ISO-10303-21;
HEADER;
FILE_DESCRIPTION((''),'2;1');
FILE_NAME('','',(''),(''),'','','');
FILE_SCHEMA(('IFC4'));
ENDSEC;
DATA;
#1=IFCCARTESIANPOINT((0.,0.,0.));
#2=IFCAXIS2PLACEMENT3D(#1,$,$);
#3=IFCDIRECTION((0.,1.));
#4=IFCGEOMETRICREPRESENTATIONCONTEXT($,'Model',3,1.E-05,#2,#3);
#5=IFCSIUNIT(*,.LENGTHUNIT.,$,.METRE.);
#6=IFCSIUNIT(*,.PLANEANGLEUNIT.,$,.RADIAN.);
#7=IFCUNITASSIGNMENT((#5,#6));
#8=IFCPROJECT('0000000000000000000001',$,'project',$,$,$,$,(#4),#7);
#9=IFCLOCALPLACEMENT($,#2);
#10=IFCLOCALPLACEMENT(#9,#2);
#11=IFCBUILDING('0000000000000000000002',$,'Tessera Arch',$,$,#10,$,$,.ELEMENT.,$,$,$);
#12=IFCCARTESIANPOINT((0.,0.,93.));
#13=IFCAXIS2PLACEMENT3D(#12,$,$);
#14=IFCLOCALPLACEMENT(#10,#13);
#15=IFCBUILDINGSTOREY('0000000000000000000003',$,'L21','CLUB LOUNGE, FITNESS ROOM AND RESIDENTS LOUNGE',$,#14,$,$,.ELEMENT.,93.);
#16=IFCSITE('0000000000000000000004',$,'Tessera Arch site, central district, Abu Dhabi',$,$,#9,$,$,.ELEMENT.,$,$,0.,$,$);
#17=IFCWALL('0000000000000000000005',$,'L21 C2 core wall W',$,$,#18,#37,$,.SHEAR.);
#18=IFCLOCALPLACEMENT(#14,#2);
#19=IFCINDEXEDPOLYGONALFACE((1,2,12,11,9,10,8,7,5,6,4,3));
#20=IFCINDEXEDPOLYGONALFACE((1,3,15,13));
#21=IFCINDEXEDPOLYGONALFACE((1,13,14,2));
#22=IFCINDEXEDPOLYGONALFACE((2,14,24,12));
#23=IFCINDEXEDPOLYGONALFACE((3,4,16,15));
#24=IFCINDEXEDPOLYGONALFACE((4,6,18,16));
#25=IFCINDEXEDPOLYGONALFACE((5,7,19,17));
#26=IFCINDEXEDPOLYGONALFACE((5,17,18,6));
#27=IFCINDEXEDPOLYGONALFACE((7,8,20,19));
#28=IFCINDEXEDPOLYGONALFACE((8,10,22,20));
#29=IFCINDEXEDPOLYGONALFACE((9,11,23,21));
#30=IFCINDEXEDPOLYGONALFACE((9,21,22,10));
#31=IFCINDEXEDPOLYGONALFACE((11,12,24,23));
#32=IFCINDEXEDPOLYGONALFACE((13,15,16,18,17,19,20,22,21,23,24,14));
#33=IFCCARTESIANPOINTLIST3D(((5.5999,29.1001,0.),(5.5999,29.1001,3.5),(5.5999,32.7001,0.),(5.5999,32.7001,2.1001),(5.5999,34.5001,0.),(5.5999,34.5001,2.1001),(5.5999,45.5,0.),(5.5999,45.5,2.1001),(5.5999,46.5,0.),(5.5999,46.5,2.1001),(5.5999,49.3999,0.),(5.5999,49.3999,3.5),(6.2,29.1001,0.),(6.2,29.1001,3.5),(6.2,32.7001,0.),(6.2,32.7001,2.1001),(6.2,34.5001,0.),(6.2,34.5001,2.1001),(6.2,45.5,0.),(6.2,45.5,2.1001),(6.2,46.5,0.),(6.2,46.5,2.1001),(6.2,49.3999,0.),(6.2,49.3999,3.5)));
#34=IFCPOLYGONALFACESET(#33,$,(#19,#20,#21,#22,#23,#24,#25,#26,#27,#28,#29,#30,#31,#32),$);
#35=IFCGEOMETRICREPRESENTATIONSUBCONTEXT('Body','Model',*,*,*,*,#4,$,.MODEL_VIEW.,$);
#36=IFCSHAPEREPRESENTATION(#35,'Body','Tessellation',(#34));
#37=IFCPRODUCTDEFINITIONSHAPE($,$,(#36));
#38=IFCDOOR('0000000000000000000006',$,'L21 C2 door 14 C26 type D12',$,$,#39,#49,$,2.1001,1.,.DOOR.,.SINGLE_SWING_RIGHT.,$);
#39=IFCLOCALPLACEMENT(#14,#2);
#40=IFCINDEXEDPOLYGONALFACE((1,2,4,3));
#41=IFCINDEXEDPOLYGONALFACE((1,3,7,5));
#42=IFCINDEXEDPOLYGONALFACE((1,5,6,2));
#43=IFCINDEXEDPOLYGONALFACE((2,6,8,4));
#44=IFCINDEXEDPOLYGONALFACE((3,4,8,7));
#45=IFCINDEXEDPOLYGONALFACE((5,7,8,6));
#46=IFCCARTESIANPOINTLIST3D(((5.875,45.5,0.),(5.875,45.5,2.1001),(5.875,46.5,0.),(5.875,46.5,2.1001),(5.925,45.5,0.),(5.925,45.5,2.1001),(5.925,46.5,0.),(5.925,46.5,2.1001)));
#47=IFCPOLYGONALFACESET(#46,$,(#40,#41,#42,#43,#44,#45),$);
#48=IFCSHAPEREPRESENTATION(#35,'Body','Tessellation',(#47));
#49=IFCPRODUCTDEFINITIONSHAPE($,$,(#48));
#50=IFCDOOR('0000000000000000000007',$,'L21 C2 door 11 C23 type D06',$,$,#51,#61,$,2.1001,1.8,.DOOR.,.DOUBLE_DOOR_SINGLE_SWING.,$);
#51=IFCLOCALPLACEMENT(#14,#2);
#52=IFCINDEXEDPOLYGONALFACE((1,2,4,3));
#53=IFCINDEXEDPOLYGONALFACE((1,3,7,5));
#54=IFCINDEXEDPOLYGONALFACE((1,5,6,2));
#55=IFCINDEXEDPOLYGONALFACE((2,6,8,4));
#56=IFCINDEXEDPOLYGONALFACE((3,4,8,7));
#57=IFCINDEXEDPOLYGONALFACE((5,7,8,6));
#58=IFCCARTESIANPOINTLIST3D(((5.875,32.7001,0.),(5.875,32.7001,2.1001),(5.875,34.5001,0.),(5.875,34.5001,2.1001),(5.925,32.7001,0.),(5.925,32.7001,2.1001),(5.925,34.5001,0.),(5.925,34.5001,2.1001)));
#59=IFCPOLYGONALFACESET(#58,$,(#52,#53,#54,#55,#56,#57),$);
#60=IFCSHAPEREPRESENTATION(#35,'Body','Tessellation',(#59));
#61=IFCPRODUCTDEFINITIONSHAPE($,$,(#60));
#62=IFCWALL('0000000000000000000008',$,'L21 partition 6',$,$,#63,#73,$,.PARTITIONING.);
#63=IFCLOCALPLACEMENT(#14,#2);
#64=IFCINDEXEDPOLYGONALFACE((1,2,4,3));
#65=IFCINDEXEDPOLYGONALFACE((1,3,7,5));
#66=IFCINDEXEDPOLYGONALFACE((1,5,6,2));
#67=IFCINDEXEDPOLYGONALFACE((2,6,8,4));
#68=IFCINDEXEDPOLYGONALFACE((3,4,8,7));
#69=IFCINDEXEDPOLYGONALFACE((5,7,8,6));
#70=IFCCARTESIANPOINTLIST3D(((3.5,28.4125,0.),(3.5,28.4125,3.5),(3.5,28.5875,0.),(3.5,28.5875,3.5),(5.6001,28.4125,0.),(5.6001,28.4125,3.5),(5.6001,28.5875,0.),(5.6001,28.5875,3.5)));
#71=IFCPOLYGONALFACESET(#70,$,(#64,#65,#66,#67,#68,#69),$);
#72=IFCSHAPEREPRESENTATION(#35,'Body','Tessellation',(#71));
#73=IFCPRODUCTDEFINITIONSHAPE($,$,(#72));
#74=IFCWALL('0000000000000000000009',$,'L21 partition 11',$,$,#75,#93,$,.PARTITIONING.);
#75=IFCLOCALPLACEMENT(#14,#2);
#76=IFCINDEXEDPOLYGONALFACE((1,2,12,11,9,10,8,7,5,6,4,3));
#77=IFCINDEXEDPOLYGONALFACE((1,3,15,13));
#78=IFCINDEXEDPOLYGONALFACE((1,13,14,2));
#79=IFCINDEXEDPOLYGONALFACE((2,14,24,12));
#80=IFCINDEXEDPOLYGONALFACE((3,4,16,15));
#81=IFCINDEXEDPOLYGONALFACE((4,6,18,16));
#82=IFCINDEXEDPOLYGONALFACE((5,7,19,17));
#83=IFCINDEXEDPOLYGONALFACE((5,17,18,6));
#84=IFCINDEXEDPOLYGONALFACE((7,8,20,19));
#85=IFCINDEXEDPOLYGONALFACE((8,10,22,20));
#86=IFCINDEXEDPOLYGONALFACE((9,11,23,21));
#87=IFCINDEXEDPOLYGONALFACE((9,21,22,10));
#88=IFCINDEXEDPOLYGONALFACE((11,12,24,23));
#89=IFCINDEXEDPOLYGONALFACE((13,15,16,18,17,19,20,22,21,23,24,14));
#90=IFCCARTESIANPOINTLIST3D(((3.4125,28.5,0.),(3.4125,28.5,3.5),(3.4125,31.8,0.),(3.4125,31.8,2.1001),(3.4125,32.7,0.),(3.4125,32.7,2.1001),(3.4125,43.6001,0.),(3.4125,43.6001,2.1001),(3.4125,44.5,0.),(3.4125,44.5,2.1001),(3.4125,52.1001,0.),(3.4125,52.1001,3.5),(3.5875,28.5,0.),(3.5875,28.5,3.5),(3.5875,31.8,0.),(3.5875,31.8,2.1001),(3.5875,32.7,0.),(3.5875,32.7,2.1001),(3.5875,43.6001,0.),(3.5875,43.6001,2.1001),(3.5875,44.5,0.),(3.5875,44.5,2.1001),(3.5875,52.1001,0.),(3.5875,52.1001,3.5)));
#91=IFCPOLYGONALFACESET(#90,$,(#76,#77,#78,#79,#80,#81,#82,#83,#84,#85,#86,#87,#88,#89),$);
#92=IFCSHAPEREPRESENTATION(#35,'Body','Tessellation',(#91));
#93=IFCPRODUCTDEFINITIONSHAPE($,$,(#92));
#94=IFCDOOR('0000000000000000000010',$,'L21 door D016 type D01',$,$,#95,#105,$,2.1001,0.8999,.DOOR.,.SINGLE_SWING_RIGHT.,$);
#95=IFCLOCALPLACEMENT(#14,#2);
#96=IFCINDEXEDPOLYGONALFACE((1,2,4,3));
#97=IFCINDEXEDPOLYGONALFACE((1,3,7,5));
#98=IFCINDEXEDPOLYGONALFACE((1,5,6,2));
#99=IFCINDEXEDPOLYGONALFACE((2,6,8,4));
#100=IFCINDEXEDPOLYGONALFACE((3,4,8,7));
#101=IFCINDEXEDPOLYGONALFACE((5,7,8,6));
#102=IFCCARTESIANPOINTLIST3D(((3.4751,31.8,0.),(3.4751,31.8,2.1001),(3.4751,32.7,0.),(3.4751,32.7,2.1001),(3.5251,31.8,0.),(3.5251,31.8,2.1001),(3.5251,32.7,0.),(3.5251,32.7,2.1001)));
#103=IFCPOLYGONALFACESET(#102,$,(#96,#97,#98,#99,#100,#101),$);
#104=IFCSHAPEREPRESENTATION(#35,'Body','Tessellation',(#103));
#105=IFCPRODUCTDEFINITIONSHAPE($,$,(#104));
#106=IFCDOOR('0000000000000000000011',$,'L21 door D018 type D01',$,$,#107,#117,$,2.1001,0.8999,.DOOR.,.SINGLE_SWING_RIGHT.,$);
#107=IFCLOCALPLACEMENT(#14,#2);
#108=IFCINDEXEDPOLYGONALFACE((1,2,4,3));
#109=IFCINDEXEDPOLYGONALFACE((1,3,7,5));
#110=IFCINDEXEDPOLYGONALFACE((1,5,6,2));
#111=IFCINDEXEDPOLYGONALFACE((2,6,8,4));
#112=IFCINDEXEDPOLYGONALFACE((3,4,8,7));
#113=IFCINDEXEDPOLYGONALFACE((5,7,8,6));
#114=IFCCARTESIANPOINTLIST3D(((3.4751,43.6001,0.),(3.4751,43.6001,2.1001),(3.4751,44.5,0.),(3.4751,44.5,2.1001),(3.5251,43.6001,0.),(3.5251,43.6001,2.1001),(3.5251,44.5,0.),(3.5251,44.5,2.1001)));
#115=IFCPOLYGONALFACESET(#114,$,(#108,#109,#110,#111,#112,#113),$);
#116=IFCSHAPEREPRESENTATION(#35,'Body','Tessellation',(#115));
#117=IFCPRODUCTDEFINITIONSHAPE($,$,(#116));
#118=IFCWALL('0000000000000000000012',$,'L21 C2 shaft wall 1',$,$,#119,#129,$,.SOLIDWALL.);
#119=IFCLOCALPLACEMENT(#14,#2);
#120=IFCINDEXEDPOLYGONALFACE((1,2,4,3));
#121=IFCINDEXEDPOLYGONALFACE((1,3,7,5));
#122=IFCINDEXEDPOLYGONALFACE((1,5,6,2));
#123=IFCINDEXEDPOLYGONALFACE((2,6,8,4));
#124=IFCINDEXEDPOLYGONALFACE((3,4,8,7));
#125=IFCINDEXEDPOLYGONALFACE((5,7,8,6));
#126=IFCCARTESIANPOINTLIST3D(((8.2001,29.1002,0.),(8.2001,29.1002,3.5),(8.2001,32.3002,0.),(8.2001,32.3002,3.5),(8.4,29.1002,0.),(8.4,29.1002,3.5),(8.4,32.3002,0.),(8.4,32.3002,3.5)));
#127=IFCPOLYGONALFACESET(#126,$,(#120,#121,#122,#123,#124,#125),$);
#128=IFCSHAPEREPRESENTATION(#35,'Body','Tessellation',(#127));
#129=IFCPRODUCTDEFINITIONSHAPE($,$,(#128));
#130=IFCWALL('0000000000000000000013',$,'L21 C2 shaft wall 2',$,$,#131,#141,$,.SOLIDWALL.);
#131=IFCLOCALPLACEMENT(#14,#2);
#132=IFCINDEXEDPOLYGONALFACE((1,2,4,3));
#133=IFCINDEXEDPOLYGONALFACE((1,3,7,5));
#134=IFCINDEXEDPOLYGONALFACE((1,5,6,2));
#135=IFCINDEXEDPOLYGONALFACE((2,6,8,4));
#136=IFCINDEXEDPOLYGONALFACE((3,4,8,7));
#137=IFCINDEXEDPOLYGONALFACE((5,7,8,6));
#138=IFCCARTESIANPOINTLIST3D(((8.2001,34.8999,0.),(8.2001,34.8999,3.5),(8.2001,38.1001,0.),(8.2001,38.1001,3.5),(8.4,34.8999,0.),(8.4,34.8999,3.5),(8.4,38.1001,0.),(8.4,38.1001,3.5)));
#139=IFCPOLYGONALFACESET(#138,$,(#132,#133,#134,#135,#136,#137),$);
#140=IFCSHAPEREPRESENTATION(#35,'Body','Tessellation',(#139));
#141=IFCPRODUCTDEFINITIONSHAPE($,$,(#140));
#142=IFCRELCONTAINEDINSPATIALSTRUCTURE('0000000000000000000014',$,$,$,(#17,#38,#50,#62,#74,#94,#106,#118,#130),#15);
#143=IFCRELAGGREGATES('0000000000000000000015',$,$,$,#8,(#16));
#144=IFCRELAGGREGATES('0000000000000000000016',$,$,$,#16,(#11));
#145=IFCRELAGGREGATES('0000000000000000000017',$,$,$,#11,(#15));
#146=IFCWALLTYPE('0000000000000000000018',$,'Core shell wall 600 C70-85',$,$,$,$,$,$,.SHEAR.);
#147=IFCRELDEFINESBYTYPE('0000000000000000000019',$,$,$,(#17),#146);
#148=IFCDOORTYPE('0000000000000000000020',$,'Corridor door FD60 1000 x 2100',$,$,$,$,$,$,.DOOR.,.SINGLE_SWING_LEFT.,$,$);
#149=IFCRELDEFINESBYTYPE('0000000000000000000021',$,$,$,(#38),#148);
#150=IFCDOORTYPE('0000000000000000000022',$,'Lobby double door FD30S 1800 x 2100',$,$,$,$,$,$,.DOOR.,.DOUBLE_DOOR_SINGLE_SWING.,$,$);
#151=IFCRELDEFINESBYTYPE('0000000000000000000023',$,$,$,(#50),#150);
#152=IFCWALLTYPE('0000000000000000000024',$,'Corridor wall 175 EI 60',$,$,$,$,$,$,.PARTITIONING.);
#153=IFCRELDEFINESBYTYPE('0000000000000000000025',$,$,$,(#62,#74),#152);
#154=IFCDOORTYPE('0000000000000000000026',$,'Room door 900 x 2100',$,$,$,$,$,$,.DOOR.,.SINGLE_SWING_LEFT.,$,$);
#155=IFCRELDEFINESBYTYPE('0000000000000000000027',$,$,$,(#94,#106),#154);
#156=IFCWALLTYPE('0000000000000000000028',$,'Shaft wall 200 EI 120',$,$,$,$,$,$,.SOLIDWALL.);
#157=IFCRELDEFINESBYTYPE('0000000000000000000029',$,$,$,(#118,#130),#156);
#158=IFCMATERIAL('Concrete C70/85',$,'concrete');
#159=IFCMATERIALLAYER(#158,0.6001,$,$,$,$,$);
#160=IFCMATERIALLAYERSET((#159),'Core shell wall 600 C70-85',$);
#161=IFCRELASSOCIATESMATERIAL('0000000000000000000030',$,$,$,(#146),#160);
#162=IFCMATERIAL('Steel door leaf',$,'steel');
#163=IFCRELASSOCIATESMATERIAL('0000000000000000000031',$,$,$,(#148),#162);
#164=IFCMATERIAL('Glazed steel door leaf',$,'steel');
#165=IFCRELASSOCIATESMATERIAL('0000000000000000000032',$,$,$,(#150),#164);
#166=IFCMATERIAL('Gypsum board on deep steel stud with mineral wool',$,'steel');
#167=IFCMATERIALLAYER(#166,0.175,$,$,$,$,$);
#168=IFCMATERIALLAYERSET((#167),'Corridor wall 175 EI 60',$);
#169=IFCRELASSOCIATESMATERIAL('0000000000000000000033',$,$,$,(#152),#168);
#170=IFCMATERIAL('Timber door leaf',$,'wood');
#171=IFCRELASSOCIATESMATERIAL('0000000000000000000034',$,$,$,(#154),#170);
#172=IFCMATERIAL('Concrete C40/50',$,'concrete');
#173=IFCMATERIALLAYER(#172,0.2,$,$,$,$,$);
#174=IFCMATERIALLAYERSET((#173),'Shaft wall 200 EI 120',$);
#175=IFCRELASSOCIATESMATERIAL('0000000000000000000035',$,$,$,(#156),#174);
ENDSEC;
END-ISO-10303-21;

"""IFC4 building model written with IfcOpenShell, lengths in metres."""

from ifc_helpers import new_model, si_unit, direction, frame, frame_2d, origin, place, context, subcontext, project, spatial, rectangle, extrude, material, layer, layer_set, type_object, element, fill, save


model = new_model("IFC4")

# Units and contexts
model_context = context("Model", 3, precision=1e-05, world=origin(), true_north=direction((0.0, 1.0)))
body_context = subcontext(model_context, "Body", "Model", "MODEL_VIEW")
ifc_project = project(units=[si_unit("LENGTHUNIT", "METRE"), si_unit("PLANEANGLEUNIT", "RADIAN")], contexts=[model_context])

# Site, building, storey
site_placement = place(None, origin())
site = spatial("IfcSite", under=ifc_project, at=site_placement, Name="Tessera Arch site, central district, Abu Dhabi", CompositionType="ELEMENT", RefElevation=0.0)
building_placement = place(site_placement, origin())
building = spatial("IfcBuilding", under=site, at=building_placement, Name="Tessera Arch", CompositionType="ELEMENT")
storey_placement = place(building_placement, frame((0.0, 0.0, 93.0)))
storey = spatial("IfcBuildingStorey", under=building, at=storey_placement, Name="L21", Description="CLUB LOUNGE, FITNESS ROOM AND RESIDENTS LOUNGE", CompositionType="ELEMENT", Elevation=93.0)

# Wall, openings, doors
ifc_material_1 = material(Name="Concrete C70/85", Category="concrete")
ifc_layer_1 = layer(ifc_material_1, 0.6001)
ifc_layer_set_1 = layer_set([ifc_layer_1], Name="Core shell wall 600 C70-85")
wall_type_1 = type_object("IfcWallType", Name="Core shell wall 600 C70-85", PredefinedType="SHEAR", material=ifc_layer_set_1)
wall_1_placement = place(storey_placement, frame((5.8999, 29.1001, 0.0), z_axis=(0.0, 0.0, 1.0), x_axis=(0.0, 1.0, 0.0)))
wall_1 = element("IfcWall", 1, at=wall_1_placement, inside=storey, type_object=wall_type_1, Name="L21 C2 core wall W", PredefinedType="SHEAR", context=body_context, shape_type="SweptSolid", body=[
    extrude(rectangle(XDim=20.2998, YDim=0.6001, at=frame_2d((10.1499, 0.0))), origin(), (0.0, 0.0, 1.0), 3.5),
])
opening_1_placement = place(wall_1_placement, frame((3.6001, 0.0, 0.0)))
opening_1 = element("IfcOpeningElement", 2, at=opening_1_placement, cuts=wall_1, PredefinedType="OPENING", context=body_context, shape_type="SweptSolid", body=[
    extrude(rectangle(XDim=1.8, YDim=2.1001, at=frame_2d((0.8999, 1.05))), frame((0.0, 0.3101, 0.0), z_axis=(0.0, -1.0, 0.0), x_axis=(1.0, 0.0, 0.0)), (0.0, 0.0, 1.0), 0.6201),
])
opening_2_placement = place(wall_1_placement, frame((16.3999, 0.0, 0.0)))
opening_2 = element("IfcOpeningElement", 3, at=opening_2_placement, cuts=wall_1, PredefinedType="OPENING", context=body_context, shape_type="SweptSolid", body=[
    extrude(rectangle(XDim=1.0, YDim=2.1001, at=frame_2d((0.5, 1.05))), frame((0.0, 0.3101, 0.0), z_axis=(0.0, -1.0, 0.0), x_axis=(1.0, 0.0, 0.0)), (0.0, 0.0, 1.0), 0.6201),
])
ifc_material_2 = material(Name="Steel door leaf", Category="steel")
door_type_1 = type_object("IfcDoorType", Name="Corridor door FD60 1000 x 2100", OperationType="SINGLE_SWING_LEFT", PredefinedType="DOOR", material=ifc_material_2)
door_1_placement = place(opening_2_placement, origin())
door_1 = element("IfcDoor", 4, at=door_1_placement, inside=storey, type_object=door_type_1, Name="L21 C2 door 14 C26 type D12", OperationType="SINGLE_SWING_RIGHT", OverallHeight=2.1001, OverallWidth=1.0, PredefinedType="DOOR", context=body_context, shape_type="SweptSolid", body=[
    extrude(rectangle(XDim=1.0, YDim=2.1001, at=frame_2d((0.5, 1.05))), frame((0.0, 0.0249, 0.0), z_axis=(0.0, -1.0, 0.0), x_axis=(1.0, 0.0, 0.0)), (0.0, 0.0, 1.0), 0.05),
])
fill(opening_2, door_1)
ifc_material_3 = material(Name="Glazed steel door leaf", Category="steel")
door_type_2 = type_object("IfcDoorType", Name="Lobby double door FD30S 1800 x 2100", OperationType="DOUBLE_DOOR_SINGLE_SWING", PredefinedType="DOOR", material=ifc_material_3)
door_2_placement = place(opening_1_placement, origin())
door_2 = element("IfcDoor", 5, at=door_2_placement, inside=storey, type_object=door_type_2, Name="L21 C2 door 11 C23 type D06", OperationType="DOUBLE_DOOR_SINGLE_SWING", OverallHeight=2.1001, OverallWidth=1.8, PredefinedType="DOOR", context=body_context, shape_type="SweptSolid", body=[
    extrude(rectangle(XDim=1.8, YDim=2.1001, at=frame_2d((0.8999, 1.05))), frame((0.0, 0.0249, 0.0), z_axis=(0.0, -1.0, 0.0), x_axis=(1.0, 0.0, 0.0)), (0.0, 0.0, 1.0), 0.05),
])
fill(opening_1, door_2)

# Wall
ifc_material_4 = material(Name="Gypsum board on deep steel stud with mineral wool", Category="steel")
ifc_layer_2 = layer(ifc_material_4, 0.175)
ifc_layer_set_2 = layer_set([ifc_layer_2], Name="Corridor wall 175 EI 60")
wall_type_2 = type_object("IfcWallType", Name="Corridor wall 175 EI 60", PredefinedType="PARTITIONING", material=ifc_layer_set_2)
wall_2_placement = place(storey_placement, frame((3.5, 28.5, 0.0), z_axis=(0.0, 0.0, 1.0), x_axis=(1.0, 0.0, 0.0)))
element("IfcWall", 6, at=wall_2_placement, inside=storey, type_object=wall_type_2, Name="L21 partition 6", PredefinedType="PARTITIONING", context=body_context, shape_type="SweptSolid", body=[
    extrude(rectangle(XDim=2.1001, YDim=0.175, at=frame_2d((1.05, 0.0))), origin(), (0.0, 0.0, 1.0), 3.5),
])

# Wall, openings, doors
wall_3_placement = place(storey_placement, frame((3.5, 28.5, 0.0), z_axis=(0.0, 0.0, 1.0), x_axis=(0.0, 1.0, 0.0)))
wall_3 = element("IfcWall", 7, at=wall_3_placement, inside=storey, type_object=wall_type_2, Name="L21 partition 11", PredefinedType="PARTITIONING", context=body_context, shape_type="SweptSolid", body=[
    extrude(rectangle(XDim=23.6001, YDim=0.175, at=frame_2d((11.8, 0.0))), origin(), (0.0, 0.0, 1.0), 3.5),
])
opening_3_placement = place(wall_3_placement, frame((3.3, 0.0, 0.0)))
opening_3 = element("IfcOpeningElement", 8, at=opening_3_placement, cuts=wall_3, PredefinedType="OPENING", context=body_context, shape_type="SweptSolid", body=[
    extrude(rectangle(XDim=0.8999, YDim=2.1001, at=frame_2d((0.45, 1.05))), frame((0.0, 0.0974, 0.0), z_axis=(0.0, -1.0, 0.0), x_axis=(1.0, 0.0, 0.0)), (0.0, 0.0, 1.0), 0.1951),
])
opening_4_placement = place(wall_3_placement, frame((15.1001, 0.0, 0.0)))
opening_4 = element("IfcOpeningElement", 9, at=opening_4_placement, cuts=wall_3, PredefinedType="OPENING", context=body_context, shape_type="SweptSolid", body=[
    extrude(rectangle(XDim=0.8999, YDim=2.1001, at=frame_2d((0.45, 1.05))), frame((0.0, 0.0974, 0.0), z_axis=(0.0, -1.0, 0.0), x_axis=(1.0, 0.0, 0.0)), (0.0, 0.0, 1.0), 0.1951),
])
ifc_material_5 = material(Name="Timber door leaf", Category="wood")
door_type_3 = type_object("IfcDoorType", Name="Room door 900 x 2100", OperationType="SINGLE_SWING_LEFT", PredefinedType="DOOR", material=ifc_material_5)
door_3_placement = place(opening_3_placement, origin())
door_3 = element("IfcDoor", 10, at=door_3_placement, inside=storey, type_object=door_type_3, Name="L21 door D016 type D01", OperationType="SINGLE_SWING_RIGHT", OverallHeight=2.1001, OverallWidth=0.8999, PredefinedType="DOOR", context=body_context, shape_type="SweptSolid", body=[
    extrude(rectangle(XDim=0.8999, YDim=2.1001, at=frame_2d((0.45, 1.05))), frame((0.0, 0.0249, 0.0), z_axis=(0.0, -1.0, 0.0), x_axis=(1.0, 0.0, 0.0)), (0.0, 0.0, 1.0), 0.05),
])
fill(opening_3, door_3)
door_4_placement = place(opening_4_placement, origin())
door_4 = element("IfcDoor", 11, at=door_4_placement, inside=storey, type_object=door_type_3, Name="L21 door D018 type D01", OperationType="SINGLE_SWING_RIGHT", OverallHeight=2.1001, OverallWidth=0.8999, PredefinedType="DOOR", context=body_context, shape_type="SweptSolid", body=[
    extrude(rectangle(XDim=0.8999, YDim=2.1001, at=frame_2d((0.45, 1.05))), frame((0.0, 0.0249, 0.0), z_axis=(0.0, -1.0, 0.0), x_axis=(1.0, 0.0, 0.0)), (0.0, 0.0, 1.0), 0.05),
])
fill(opening_4, door_4)

# Walls
ifc_material_6 = material(Name="Concrete C40/50", Category="concrete")
ifc_layer_3 = layer(ifc_material_6, 0.2)
ifc_layer_set_3 = layer_set([ifc_layer_3], Name="Shaft wall 200 EI 120")
wall_type_3 = type_object("IfcWallType", Name="Shaft wall 200 EI 120", PredefinedType="SOLIDWALL", material=ifc_layer_set_3)
wall_4_placement = place(storey_placement, frame((8.3, 29.1001, 0.0), z_axis=(0.0, 0.0, 1.0), x_axis=(0.0, 1.0, 0.0)))
element("IfcWall", 12, at=wall_4_placement, inside=storey, type_object=wall_type_3, Name="L21 C2 shaft wall 1", PredefinedType="SOLIDWALL", context=body_context, shape_type="SweptSolid", body=[
    extrude(rectangle(XDim=3.2, YDim=0.2, at=frame_2d((1.6001, 0.0))), origin(), (0.0, 0.0, 1.0), 3.5),
])
wall_5_placement = place(storey_placement, frame((8.3, 34.8999, 0.0), z_axis=(0.0, 0.0, 1.0), x_axis=(0.0, 1.0, 0.0)))
element("IfcWall", 13, at=wall_5_placement, inside=storey, type_object=wall_type_3, Name="L21 C2 shaft wall 2", PredefinedType="SOLIDWALL", context=body_context, shape_type="SweptSolid", body=[
    extrude(rectangle(XDim=3.2002, YDim=0.2, at=frame_2d((1.6001, 0.0))), origin(), (0.0, 0.0, 1.0), 3.5),
])

save(model, "model.ifc")
